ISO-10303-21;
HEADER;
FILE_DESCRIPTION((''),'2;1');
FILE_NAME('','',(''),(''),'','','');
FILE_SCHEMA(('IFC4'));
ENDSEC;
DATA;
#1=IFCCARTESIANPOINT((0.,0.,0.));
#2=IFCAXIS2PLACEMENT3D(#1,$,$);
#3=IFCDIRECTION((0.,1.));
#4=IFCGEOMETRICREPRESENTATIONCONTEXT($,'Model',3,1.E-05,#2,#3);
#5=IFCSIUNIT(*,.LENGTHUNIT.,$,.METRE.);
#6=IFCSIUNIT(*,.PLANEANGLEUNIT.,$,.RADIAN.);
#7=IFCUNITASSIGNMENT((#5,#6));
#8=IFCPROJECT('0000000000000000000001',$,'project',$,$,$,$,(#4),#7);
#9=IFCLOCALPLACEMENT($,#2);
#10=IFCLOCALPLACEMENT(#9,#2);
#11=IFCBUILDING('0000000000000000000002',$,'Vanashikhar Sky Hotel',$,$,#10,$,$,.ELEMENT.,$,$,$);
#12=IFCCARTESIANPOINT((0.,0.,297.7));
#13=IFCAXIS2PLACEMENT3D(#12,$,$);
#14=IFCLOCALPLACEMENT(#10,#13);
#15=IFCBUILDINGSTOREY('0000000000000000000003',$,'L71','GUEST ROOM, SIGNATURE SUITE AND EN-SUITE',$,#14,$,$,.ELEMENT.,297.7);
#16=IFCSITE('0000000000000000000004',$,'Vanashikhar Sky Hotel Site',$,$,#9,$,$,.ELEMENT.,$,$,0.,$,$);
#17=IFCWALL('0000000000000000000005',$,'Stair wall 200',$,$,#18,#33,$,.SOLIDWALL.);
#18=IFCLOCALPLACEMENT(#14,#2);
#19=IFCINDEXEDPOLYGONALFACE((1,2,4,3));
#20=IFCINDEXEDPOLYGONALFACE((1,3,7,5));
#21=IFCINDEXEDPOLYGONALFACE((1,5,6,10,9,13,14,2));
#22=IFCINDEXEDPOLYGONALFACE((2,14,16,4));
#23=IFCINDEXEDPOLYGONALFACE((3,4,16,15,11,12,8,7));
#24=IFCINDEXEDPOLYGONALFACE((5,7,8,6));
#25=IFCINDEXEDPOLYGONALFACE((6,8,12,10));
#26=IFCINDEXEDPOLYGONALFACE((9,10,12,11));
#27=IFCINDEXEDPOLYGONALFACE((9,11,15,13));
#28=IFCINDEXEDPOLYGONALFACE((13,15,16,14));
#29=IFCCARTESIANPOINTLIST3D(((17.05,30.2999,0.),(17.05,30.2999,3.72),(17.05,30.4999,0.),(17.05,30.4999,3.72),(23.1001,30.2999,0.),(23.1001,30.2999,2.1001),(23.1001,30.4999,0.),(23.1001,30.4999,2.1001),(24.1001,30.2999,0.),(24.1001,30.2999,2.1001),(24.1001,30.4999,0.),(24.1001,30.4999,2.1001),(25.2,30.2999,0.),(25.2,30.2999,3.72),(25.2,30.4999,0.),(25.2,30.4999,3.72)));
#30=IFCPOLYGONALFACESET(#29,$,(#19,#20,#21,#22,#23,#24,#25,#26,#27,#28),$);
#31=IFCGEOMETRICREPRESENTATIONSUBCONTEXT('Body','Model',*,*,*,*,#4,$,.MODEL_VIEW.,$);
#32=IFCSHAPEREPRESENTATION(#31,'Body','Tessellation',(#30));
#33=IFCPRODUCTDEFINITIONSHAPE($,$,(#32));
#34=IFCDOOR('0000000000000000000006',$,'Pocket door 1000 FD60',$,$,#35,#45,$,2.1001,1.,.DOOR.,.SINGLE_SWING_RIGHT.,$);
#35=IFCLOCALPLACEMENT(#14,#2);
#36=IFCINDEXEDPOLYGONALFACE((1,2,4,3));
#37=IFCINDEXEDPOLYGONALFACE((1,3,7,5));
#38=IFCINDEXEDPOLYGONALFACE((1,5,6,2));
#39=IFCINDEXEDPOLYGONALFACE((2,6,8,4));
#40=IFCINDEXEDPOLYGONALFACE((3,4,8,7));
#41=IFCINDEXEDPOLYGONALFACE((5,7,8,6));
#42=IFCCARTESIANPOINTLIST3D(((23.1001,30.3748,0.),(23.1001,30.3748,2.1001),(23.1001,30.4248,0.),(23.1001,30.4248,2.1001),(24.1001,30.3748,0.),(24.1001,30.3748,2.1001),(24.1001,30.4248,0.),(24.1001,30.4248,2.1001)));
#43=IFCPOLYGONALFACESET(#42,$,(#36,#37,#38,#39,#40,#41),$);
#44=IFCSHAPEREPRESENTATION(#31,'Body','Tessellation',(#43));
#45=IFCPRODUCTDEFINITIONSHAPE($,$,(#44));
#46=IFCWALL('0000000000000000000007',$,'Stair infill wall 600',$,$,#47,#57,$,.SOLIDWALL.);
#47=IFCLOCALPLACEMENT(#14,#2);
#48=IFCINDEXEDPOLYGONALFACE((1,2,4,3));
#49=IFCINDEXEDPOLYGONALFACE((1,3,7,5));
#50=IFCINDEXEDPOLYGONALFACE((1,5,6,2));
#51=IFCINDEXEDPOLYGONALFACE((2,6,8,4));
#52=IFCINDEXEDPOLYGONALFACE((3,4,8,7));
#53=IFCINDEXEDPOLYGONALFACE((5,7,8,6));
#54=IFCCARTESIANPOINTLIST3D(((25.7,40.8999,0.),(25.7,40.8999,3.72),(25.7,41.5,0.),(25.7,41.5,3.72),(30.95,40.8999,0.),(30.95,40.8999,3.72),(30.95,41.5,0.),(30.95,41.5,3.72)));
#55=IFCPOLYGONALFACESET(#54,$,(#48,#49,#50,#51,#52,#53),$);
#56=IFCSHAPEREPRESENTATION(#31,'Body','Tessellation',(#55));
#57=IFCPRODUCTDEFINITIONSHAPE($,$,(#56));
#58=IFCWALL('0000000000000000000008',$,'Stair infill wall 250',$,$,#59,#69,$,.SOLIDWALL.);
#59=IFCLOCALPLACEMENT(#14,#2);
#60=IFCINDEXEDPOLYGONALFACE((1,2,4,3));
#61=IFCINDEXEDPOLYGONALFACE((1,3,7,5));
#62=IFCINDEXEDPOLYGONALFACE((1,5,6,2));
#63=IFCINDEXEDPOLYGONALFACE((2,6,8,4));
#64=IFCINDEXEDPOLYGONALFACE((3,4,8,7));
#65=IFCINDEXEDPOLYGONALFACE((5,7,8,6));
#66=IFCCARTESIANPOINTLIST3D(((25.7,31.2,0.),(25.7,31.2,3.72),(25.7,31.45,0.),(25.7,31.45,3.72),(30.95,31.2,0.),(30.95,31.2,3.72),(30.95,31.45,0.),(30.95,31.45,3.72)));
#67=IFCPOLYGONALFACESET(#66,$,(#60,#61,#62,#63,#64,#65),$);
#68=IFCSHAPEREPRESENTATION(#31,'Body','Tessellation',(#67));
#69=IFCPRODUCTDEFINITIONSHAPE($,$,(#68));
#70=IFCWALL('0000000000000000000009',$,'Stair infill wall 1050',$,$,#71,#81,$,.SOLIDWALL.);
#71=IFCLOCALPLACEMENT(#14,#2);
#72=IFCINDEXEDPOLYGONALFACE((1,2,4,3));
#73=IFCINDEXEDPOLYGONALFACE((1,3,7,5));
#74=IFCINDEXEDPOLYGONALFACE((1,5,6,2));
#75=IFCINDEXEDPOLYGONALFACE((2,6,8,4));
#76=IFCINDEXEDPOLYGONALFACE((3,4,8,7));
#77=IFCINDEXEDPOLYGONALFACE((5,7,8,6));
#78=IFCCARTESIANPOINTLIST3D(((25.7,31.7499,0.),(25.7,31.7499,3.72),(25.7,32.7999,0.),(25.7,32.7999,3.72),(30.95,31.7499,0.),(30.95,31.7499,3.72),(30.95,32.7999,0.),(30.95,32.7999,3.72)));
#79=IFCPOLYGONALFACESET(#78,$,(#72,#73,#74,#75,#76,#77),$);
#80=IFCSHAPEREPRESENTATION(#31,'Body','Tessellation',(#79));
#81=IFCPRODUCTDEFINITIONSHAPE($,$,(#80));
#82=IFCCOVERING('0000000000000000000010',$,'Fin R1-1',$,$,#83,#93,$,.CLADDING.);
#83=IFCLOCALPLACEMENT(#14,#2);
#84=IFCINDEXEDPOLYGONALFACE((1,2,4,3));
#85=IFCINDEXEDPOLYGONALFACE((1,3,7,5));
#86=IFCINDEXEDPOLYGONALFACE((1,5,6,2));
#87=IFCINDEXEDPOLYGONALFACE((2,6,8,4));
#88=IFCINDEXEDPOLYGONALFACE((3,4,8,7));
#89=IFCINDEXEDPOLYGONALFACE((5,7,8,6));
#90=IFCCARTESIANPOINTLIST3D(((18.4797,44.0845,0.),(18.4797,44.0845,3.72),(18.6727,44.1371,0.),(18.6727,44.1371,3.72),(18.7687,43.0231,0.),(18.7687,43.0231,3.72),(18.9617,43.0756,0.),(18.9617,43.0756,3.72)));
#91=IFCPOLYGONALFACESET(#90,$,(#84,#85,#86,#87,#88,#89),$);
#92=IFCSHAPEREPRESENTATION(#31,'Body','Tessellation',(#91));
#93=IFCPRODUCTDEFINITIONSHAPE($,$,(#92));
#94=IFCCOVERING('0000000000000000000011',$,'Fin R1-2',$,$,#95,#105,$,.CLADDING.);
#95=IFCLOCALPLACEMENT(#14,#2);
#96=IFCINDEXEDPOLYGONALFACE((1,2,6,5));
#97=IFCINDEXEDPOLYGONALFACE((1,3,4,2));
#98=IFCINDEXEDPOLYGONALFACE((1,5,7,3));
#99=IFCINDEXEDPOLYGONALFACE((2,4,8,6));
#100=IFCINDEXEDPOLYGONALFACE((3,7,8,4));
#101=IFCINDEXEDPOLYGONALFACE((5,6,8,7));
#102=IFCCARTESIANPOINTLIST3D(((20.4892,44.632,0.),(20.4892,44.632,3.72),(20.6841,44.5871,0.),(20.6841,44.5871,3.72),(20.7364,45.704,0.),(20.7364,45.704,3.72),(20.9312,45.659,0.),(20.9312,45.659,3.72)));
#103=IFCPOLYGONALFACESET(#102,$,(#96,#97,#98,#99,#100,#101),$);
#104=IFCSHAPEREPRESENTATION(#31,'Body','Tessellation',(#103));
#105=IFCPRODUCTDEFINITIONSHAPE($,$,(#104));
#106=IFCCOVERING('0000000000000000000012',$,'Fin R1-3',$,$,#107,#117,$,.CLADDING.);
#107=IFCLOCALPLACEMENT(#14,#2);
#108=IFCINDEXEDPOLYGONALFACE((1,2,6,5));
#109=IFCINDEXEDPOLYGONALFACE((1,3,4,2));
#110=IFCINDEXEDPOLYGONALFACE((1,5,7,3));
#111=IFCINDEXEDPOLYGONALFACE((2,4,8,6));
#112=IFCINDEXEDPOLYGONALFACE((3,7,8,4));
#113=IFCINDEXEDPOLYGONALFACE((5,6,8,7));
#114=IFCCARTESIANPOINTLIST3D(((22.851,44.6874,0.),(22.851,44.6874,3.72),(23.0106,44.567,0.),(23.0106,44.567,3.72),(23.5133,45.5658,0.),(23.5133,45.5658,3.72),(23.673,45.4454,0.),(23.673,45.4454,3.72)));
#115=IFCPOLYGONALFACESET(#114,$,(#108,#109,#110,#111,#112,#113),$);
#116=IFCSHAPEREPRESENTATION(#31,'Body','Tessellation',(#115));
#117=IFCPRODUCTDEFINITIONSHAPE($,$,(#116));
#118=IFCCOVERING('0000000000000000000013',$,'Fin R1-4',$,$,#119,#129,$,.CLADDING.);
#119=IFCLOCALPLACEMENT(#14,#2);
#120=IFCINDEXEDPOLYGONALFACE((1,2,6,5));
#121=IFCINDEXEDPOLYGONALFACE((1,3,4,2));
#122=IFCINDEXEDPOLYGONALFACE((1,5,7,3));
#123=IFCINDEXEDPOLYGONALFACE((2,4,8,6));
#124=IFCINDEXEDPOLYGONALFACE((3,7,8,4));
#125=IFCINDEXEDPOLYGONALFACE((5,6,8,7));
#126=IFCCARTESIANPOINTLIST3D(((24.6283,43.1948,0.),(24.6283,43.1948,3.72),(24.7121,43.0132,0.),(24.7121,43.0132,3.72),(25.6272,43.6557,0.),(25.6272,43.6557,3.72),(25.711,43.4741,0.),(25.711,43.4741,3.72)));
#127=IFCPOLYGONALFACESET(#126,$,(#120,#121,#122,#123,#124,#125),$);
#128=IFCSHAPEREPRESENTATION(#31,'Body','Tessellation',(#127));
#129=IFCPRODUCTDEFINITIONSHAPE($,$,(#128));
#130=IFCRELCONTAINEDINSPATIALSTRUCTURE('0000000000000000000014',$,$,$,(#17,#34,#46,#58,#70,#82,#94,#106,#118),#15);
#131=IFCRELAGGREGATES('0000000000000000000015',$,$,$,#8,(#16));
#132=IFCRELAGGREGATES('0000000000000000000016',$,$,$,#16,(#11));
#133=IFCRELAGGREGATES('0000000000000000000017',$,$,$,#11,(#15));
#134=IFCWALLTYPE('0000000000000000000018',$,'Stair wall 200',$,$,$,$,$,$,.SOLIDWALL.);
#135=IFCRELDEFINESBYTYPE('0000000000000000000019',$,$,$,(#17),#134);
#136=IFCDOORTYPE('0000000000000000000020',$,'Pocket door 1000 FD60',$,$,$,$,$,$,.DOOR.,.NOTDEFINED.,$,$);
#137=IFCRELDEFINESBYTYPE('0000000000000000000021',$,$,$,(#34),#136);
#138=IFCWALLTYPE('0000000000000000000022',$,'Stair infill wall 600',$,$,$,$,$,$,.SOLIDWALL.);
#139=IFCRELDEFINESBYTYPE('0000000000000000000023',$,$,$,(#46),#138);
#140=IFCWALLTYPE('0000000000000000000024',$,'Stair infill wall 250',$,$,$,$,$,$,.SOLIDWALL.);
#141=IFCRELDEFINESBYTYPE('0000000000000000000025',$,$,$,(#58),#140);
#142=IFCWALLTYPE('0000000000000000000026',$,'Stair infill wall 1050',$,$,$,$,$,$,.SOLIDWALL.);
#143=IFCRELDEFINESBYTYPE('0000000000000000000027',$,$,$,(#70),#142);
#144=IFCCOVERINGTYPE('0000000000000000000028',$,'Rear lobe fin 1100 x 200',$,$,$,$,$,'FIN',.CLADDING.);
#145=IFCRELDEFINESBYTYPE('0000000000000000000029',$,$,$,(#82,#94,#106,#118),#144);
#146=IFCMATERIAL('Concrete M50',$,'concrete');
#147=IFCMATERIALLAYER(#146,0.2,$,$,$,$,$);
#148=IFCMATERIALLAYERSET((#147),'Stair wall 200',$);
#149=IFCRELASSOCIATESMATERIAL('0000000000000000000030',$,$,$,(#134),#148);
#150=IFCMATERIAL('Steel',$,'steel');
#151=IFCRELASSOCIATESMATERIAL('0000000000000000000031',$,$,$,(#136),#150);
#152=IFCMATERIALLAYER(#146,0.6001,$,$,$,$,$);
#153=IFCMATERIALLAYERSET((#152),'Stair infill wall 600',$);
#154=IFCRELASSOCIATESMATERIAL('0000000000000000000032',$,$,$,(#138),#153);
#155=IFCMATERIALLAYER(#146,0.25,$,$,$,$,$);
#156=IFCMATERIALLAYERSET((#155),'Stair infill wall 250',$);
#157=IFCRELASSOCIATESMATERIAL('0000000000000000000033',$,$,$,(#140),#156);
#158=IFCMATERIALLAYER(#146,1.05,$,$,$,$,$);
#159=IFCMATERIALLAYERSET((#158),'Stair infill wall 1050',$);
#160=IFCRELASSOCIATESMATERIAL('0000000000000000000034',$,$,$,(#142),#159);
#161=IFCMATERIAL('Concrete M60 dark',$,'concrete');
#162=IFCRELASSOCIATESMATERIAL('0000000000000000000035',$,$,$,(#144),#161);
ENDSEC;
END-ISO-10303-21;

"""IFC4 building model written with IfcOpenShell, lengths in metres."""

from ifc_helpers import new_model, si_unit, direction, frame, frame_2d, origin, origin_2d, place, context, subcontext, project, spatial, rectangle, extrude, source, transform, mapped, material, layer, layer_set, material_profile, profile_set, type_object, element, fill, save


model = new_model("IFC4")

# Units and contexts
model_context = context("Model", 3, precision=1e-05, world=origin(), true_north=direction((0.0, 1.0)))
body_context = subcontext(model_context, "Body", "Model", "MODEL_VIEW")
ifc_project = project(units=[si_unit("LENGTHUNIT", "METRE"), si_unit("PLANEANGLEUNIT", "RADIAN")], contexts=[model_context])

# Site, building, storey
site_placement = place(None, origin())
site = spatial("IfcSite", under=ifc_project, at=site_placement, Name="Vanashikhar Sky Hotel Site", CompositionType="ELEMENT", RefElevation=0.0)
building_placement = place(site_placement, origin())
building = spatial("IfcBuilding", under=site, at=building_placement, Name="Vanashikhar Sky Hotel", CompositionType="ELEMENT")
storey_placement = place(building_placement, frame((0.0, 0.0, 297.7)))
storey = spatial("IfcBuildingStorey", under=building, at=storey_placement, Name="L71", Description="GUEST ROOM, SIGNATURE SUITE AND EN-SUITE", CompositionType="ELEMENT", Elevation=297.7)

# Shared definitions
ifc_material_1 = material(Name="Concrete M50", Category="concrete")

# Wall, opening, door
ifc_layer_1 = layer(ifc_material_1, 0.2)
ifc_layer_set_1 = layer_set([ifc_layer_1], Name="Stair wall 200")
wall_type_1 = type_object("IfcWallType", Name="Stair wall 200", PredefinedType="SOLIDWALL", material=ifc_layer_set_1)
shared_shape_1 = source(origin(), body_context, "Body", "SweptSolid", [
    extrude(rectangle(XDim=8.1499, YDim=0.2, at=frame_2d((4.075, 0.0))), origin(), (0.0, 0.0, 1.0), 3.72),
])
wall_1_placement = place(storey_placement, frame((17.05, 30.3999, 0.0), z_axis=(0.0, 0.0, 1.0), x_axis=(1.0, 0.0, 0.0)))
wall_1 = element("IfcWall", 1, at=wall_1_placement, inside=storey, type_object=wall_type_1, Name="Stair wall 200", PredefinedType="SOLIDWALL", context=body_context, shape_type="MappedRepresentation", body=[
    mapped(shared_shape_1, transform((0.0, 0.0, 0.0), scale=1.0)),
])
shared_shape_2 = source(origin(), body_context, "Body", "SweptSolid", [
    extrude(rectangle(XDim=1.0, YDim=2.1001, at=frame_2d((0.5, 1.05))), frame((0.0, 0.1099, 0.0), z_axis=(0.0, -1.0, 0.0), x_axis=(1.0, 0.0, 0.0)), (0.0, 0.0, 1.0), 0.22),
])
opening_1_placement = place(wall_1_placement, frame((6.05, 0.0, 0.0)))
opening_1 = element("IfcOpeningElement", 2, at=opening_1_placement, cuts=wall_1, PredefinedType="OPENING", context=body_context, shape_type="MappedRepresentation", body=[
    mapped(shared_shape_2, transform((0.0, 0.0, 0.0), scale=1.0)),
])
ifc_material_2 = material(Name="Steel", Category="steel")
door_type_1 = type_object("IfcDoorType", Name="Pocket door 1000 FD60", OperationType="NOTDEFINED", PredefinedType="DOOR", material=ifc_material_2)
shared_shape_3 = source(origin(), body_context, "Body", "SweptSolid", [
    extrude(rectangle(XDim=1.0, YDim=2.1001, at=frame_2d((0.5, 1.05))), frame((0.0, 0.0249, 0.0), z_axis=(0.0, -1.0, 0.0), x_axis=(1.0, 0.0, 0.0)), (0.0, 0.0, 1.0), 0.05),
])
door_1_placement = place(opening_1_placement, origin())
door_1 = element("IfcDoor", 3, at=door_1_placement, inside=storey, type_object=door_type_1, Name="Pocket door 1000 FD60", OperationType="SINGLE_SWING_RIGHT", OverallHeight=2.1001, OverallWidth=1.0, PredefinedType="DOOR", context=body_context, shape_type="MappedRepresentation", body=[
    mapped(shared_shape_3, transform((0.0, 0.0, 0.0), scale=1.0)),
])
fill(opening_1, door_1)

# Walls
ifc_layer_2 = layer(ifc_material_1, 0.6001)
ifc_layer_set_2 = layer_set([ifc_layer_2], Name="Stair infill wall 600")
wall_type_2 = type_object("IfcWallType", Name="Stair infill wall 600", PredefinedType="SOLIDWALL", material=ifc_layer_set_2)
shared_shape_4 = source(origin(), body_context, "Body", "SweptSolid", [
    extrude(rectangle(XDim=5.25, YDim=0.6001, at=frame_2d((2.625, 0.0))), origin(), (0.0, 0.0, 1.0), 3.72),
])
wall_2_placement = place(storey_placement, frame((25.7, 41.2, 0.0), z_axis=(0.0, 0.0, 1.0), x_axis=(1.0, 0.0, 0.0)))
element("IfcWall", 4, at=wall_2_placement, inside=storey, type_object=wall_type_2, Name="Stair infill wall 600", PredefinedType="SOLIDWALL", context=body_context, shape_type="MappedRepresentation", body=[
    mapped(shared_shape_4, transform((0.0, 0.0, 0.0), scale=1.0)),
])
ifc_layer_3 = layer(ifc_material_1, 0.25)
ifc_layer_set_3 = layer_set([ifc_layer_3], Name="Stair infill wall 250")
wall_type_3 = type_object("IfcWallType", Name="Stair infill wall 250", PredefinedType="SOLIDWALL", material=ifc_layer_set_3)
shared_shape_5 = source(origin(), body_context, "Body", "SweptSolid", [
    extrude(rectangle(XDim=5.25, YDim=0.25, at=frame_2d((2.625, 0.0))), origin(), (0.0, 0.0, 1.0), 3.72),
])
wall_3_placement = place(storey_placement, frame((25.7, 31.325, 0.0), z_axis=(0.0, 0.0, 1.0), x_axis=(1.0, 0.0, 0.0)))
element("IfcWall", 5, at=wall_3_placement, inside=storey, type_object=wall_type_3, Name="Stair infill wall 250", PredefinedType="SOLIDWALL", context=body_context, shape_type="MappedRepresentation", body=[
    mapped(shared_shape_5, transform((0.0, 0.0, 0.0), scale=1.0)),
])
ifc_layer_4 = layer(ifc_material_1, 1.05)
ifc_layer_set_4 = layer_set([ifc_layer_4], Name="Stair infill wall 1050")
wall_type_4 = type_object("IfcWallType", Name="Stair infill wall 1050", PredefinedType="SOLIDWALL", material=ifc_layer_set_4)
shared_shape_6 = source(origin(), body_context, "Body", "SweptSolid", [
    extrude(rectangle(XDim=5.25, YDim=1.05, at=frame_2d((2.625, 0.0))), origin(), (0.0, 0.0, 1.0), 3.72),
])
wall_4_placement = place(storey_placement, frame((25.7, 32.2749, 0.0), z_axis=(0.0, 0.0, 1.0), x_axis=(1.0, 0.0, 0.0)))
element("IfcWall", 6, at=wall_4_placement, inside=storey, type_object=wall_type_4, Name="Stair infill wall 1050", PredefinedType="SOLIDWALL", context=body_context, shape_type="MappedRepresentation", body=[
    mapped(shared_shape_6, transform((0.0, 0.0, 0.0), scale=1.0)),
])

# Coverings
ifc_material_3 = material(Name="Concrete M60 dark", Category="concrete")
ifc_material_profile = material_profile(ifc_material_3, rectangle(XDim=1.1001, YDim=0.2, at=origin_2d()))
ifc_profile_set = profile_set([ifc_material_profile], Name="Rear lobe fin 1100 x 200")
covering_type = type_object("IfcCoveringType", Name="Rear lobe fin 1100 x 200", ElementType="FIN", PredefinedType="CLADDING", material=ifc_profile_set)
shared_shape_7 = source(origin(), body_context, "Body", "SweptSolid", [
    extrude(rectangle(XDim=1.1001, YDim=0.2, at=origin_2d()), origin(), (0.0, 0.0, 1.0), 3.72),
])
for number, where, z_axis, x_axis, name in (
    (7, (18.7207, 43.5801, 0.0), (0.0, 0.0, 1.0), (-0.262711, 0.964874, 0.0), "Fin R1-1"),
    (8, (20.7102, 45.1455, 0.0), (0.0, 0.0, 1.0), (0.224645, 0.974441, 0.0), "Fin R1-2"),
    (9, (23.262, 45.0664, 0.0), (0.0, 0.0, 1.0), (0.602066, 0.798446, 0.0), "Fin R1-3"),
    (10, (25.1697, 43.3345, 0.0), (0.0, 0.0, 1.0), (0.908004, 0.418961, 0.0), "Fin R1-4"),
):
    element("IfcCovering", number, at=place(storey_placement, frame(where, z_axis=z_axis, x_axis=x_axis)), inside=storey, type_object=covering_type, Name=name, PredefinedType="CLADDING", context=body_context, shape_type="MappedRepresentation", body=[
        mapped(shared_shape_7, transform((0.0, 0.0, 0.0), scale=1.0)),
    ])

save(model, "model.ifc")
